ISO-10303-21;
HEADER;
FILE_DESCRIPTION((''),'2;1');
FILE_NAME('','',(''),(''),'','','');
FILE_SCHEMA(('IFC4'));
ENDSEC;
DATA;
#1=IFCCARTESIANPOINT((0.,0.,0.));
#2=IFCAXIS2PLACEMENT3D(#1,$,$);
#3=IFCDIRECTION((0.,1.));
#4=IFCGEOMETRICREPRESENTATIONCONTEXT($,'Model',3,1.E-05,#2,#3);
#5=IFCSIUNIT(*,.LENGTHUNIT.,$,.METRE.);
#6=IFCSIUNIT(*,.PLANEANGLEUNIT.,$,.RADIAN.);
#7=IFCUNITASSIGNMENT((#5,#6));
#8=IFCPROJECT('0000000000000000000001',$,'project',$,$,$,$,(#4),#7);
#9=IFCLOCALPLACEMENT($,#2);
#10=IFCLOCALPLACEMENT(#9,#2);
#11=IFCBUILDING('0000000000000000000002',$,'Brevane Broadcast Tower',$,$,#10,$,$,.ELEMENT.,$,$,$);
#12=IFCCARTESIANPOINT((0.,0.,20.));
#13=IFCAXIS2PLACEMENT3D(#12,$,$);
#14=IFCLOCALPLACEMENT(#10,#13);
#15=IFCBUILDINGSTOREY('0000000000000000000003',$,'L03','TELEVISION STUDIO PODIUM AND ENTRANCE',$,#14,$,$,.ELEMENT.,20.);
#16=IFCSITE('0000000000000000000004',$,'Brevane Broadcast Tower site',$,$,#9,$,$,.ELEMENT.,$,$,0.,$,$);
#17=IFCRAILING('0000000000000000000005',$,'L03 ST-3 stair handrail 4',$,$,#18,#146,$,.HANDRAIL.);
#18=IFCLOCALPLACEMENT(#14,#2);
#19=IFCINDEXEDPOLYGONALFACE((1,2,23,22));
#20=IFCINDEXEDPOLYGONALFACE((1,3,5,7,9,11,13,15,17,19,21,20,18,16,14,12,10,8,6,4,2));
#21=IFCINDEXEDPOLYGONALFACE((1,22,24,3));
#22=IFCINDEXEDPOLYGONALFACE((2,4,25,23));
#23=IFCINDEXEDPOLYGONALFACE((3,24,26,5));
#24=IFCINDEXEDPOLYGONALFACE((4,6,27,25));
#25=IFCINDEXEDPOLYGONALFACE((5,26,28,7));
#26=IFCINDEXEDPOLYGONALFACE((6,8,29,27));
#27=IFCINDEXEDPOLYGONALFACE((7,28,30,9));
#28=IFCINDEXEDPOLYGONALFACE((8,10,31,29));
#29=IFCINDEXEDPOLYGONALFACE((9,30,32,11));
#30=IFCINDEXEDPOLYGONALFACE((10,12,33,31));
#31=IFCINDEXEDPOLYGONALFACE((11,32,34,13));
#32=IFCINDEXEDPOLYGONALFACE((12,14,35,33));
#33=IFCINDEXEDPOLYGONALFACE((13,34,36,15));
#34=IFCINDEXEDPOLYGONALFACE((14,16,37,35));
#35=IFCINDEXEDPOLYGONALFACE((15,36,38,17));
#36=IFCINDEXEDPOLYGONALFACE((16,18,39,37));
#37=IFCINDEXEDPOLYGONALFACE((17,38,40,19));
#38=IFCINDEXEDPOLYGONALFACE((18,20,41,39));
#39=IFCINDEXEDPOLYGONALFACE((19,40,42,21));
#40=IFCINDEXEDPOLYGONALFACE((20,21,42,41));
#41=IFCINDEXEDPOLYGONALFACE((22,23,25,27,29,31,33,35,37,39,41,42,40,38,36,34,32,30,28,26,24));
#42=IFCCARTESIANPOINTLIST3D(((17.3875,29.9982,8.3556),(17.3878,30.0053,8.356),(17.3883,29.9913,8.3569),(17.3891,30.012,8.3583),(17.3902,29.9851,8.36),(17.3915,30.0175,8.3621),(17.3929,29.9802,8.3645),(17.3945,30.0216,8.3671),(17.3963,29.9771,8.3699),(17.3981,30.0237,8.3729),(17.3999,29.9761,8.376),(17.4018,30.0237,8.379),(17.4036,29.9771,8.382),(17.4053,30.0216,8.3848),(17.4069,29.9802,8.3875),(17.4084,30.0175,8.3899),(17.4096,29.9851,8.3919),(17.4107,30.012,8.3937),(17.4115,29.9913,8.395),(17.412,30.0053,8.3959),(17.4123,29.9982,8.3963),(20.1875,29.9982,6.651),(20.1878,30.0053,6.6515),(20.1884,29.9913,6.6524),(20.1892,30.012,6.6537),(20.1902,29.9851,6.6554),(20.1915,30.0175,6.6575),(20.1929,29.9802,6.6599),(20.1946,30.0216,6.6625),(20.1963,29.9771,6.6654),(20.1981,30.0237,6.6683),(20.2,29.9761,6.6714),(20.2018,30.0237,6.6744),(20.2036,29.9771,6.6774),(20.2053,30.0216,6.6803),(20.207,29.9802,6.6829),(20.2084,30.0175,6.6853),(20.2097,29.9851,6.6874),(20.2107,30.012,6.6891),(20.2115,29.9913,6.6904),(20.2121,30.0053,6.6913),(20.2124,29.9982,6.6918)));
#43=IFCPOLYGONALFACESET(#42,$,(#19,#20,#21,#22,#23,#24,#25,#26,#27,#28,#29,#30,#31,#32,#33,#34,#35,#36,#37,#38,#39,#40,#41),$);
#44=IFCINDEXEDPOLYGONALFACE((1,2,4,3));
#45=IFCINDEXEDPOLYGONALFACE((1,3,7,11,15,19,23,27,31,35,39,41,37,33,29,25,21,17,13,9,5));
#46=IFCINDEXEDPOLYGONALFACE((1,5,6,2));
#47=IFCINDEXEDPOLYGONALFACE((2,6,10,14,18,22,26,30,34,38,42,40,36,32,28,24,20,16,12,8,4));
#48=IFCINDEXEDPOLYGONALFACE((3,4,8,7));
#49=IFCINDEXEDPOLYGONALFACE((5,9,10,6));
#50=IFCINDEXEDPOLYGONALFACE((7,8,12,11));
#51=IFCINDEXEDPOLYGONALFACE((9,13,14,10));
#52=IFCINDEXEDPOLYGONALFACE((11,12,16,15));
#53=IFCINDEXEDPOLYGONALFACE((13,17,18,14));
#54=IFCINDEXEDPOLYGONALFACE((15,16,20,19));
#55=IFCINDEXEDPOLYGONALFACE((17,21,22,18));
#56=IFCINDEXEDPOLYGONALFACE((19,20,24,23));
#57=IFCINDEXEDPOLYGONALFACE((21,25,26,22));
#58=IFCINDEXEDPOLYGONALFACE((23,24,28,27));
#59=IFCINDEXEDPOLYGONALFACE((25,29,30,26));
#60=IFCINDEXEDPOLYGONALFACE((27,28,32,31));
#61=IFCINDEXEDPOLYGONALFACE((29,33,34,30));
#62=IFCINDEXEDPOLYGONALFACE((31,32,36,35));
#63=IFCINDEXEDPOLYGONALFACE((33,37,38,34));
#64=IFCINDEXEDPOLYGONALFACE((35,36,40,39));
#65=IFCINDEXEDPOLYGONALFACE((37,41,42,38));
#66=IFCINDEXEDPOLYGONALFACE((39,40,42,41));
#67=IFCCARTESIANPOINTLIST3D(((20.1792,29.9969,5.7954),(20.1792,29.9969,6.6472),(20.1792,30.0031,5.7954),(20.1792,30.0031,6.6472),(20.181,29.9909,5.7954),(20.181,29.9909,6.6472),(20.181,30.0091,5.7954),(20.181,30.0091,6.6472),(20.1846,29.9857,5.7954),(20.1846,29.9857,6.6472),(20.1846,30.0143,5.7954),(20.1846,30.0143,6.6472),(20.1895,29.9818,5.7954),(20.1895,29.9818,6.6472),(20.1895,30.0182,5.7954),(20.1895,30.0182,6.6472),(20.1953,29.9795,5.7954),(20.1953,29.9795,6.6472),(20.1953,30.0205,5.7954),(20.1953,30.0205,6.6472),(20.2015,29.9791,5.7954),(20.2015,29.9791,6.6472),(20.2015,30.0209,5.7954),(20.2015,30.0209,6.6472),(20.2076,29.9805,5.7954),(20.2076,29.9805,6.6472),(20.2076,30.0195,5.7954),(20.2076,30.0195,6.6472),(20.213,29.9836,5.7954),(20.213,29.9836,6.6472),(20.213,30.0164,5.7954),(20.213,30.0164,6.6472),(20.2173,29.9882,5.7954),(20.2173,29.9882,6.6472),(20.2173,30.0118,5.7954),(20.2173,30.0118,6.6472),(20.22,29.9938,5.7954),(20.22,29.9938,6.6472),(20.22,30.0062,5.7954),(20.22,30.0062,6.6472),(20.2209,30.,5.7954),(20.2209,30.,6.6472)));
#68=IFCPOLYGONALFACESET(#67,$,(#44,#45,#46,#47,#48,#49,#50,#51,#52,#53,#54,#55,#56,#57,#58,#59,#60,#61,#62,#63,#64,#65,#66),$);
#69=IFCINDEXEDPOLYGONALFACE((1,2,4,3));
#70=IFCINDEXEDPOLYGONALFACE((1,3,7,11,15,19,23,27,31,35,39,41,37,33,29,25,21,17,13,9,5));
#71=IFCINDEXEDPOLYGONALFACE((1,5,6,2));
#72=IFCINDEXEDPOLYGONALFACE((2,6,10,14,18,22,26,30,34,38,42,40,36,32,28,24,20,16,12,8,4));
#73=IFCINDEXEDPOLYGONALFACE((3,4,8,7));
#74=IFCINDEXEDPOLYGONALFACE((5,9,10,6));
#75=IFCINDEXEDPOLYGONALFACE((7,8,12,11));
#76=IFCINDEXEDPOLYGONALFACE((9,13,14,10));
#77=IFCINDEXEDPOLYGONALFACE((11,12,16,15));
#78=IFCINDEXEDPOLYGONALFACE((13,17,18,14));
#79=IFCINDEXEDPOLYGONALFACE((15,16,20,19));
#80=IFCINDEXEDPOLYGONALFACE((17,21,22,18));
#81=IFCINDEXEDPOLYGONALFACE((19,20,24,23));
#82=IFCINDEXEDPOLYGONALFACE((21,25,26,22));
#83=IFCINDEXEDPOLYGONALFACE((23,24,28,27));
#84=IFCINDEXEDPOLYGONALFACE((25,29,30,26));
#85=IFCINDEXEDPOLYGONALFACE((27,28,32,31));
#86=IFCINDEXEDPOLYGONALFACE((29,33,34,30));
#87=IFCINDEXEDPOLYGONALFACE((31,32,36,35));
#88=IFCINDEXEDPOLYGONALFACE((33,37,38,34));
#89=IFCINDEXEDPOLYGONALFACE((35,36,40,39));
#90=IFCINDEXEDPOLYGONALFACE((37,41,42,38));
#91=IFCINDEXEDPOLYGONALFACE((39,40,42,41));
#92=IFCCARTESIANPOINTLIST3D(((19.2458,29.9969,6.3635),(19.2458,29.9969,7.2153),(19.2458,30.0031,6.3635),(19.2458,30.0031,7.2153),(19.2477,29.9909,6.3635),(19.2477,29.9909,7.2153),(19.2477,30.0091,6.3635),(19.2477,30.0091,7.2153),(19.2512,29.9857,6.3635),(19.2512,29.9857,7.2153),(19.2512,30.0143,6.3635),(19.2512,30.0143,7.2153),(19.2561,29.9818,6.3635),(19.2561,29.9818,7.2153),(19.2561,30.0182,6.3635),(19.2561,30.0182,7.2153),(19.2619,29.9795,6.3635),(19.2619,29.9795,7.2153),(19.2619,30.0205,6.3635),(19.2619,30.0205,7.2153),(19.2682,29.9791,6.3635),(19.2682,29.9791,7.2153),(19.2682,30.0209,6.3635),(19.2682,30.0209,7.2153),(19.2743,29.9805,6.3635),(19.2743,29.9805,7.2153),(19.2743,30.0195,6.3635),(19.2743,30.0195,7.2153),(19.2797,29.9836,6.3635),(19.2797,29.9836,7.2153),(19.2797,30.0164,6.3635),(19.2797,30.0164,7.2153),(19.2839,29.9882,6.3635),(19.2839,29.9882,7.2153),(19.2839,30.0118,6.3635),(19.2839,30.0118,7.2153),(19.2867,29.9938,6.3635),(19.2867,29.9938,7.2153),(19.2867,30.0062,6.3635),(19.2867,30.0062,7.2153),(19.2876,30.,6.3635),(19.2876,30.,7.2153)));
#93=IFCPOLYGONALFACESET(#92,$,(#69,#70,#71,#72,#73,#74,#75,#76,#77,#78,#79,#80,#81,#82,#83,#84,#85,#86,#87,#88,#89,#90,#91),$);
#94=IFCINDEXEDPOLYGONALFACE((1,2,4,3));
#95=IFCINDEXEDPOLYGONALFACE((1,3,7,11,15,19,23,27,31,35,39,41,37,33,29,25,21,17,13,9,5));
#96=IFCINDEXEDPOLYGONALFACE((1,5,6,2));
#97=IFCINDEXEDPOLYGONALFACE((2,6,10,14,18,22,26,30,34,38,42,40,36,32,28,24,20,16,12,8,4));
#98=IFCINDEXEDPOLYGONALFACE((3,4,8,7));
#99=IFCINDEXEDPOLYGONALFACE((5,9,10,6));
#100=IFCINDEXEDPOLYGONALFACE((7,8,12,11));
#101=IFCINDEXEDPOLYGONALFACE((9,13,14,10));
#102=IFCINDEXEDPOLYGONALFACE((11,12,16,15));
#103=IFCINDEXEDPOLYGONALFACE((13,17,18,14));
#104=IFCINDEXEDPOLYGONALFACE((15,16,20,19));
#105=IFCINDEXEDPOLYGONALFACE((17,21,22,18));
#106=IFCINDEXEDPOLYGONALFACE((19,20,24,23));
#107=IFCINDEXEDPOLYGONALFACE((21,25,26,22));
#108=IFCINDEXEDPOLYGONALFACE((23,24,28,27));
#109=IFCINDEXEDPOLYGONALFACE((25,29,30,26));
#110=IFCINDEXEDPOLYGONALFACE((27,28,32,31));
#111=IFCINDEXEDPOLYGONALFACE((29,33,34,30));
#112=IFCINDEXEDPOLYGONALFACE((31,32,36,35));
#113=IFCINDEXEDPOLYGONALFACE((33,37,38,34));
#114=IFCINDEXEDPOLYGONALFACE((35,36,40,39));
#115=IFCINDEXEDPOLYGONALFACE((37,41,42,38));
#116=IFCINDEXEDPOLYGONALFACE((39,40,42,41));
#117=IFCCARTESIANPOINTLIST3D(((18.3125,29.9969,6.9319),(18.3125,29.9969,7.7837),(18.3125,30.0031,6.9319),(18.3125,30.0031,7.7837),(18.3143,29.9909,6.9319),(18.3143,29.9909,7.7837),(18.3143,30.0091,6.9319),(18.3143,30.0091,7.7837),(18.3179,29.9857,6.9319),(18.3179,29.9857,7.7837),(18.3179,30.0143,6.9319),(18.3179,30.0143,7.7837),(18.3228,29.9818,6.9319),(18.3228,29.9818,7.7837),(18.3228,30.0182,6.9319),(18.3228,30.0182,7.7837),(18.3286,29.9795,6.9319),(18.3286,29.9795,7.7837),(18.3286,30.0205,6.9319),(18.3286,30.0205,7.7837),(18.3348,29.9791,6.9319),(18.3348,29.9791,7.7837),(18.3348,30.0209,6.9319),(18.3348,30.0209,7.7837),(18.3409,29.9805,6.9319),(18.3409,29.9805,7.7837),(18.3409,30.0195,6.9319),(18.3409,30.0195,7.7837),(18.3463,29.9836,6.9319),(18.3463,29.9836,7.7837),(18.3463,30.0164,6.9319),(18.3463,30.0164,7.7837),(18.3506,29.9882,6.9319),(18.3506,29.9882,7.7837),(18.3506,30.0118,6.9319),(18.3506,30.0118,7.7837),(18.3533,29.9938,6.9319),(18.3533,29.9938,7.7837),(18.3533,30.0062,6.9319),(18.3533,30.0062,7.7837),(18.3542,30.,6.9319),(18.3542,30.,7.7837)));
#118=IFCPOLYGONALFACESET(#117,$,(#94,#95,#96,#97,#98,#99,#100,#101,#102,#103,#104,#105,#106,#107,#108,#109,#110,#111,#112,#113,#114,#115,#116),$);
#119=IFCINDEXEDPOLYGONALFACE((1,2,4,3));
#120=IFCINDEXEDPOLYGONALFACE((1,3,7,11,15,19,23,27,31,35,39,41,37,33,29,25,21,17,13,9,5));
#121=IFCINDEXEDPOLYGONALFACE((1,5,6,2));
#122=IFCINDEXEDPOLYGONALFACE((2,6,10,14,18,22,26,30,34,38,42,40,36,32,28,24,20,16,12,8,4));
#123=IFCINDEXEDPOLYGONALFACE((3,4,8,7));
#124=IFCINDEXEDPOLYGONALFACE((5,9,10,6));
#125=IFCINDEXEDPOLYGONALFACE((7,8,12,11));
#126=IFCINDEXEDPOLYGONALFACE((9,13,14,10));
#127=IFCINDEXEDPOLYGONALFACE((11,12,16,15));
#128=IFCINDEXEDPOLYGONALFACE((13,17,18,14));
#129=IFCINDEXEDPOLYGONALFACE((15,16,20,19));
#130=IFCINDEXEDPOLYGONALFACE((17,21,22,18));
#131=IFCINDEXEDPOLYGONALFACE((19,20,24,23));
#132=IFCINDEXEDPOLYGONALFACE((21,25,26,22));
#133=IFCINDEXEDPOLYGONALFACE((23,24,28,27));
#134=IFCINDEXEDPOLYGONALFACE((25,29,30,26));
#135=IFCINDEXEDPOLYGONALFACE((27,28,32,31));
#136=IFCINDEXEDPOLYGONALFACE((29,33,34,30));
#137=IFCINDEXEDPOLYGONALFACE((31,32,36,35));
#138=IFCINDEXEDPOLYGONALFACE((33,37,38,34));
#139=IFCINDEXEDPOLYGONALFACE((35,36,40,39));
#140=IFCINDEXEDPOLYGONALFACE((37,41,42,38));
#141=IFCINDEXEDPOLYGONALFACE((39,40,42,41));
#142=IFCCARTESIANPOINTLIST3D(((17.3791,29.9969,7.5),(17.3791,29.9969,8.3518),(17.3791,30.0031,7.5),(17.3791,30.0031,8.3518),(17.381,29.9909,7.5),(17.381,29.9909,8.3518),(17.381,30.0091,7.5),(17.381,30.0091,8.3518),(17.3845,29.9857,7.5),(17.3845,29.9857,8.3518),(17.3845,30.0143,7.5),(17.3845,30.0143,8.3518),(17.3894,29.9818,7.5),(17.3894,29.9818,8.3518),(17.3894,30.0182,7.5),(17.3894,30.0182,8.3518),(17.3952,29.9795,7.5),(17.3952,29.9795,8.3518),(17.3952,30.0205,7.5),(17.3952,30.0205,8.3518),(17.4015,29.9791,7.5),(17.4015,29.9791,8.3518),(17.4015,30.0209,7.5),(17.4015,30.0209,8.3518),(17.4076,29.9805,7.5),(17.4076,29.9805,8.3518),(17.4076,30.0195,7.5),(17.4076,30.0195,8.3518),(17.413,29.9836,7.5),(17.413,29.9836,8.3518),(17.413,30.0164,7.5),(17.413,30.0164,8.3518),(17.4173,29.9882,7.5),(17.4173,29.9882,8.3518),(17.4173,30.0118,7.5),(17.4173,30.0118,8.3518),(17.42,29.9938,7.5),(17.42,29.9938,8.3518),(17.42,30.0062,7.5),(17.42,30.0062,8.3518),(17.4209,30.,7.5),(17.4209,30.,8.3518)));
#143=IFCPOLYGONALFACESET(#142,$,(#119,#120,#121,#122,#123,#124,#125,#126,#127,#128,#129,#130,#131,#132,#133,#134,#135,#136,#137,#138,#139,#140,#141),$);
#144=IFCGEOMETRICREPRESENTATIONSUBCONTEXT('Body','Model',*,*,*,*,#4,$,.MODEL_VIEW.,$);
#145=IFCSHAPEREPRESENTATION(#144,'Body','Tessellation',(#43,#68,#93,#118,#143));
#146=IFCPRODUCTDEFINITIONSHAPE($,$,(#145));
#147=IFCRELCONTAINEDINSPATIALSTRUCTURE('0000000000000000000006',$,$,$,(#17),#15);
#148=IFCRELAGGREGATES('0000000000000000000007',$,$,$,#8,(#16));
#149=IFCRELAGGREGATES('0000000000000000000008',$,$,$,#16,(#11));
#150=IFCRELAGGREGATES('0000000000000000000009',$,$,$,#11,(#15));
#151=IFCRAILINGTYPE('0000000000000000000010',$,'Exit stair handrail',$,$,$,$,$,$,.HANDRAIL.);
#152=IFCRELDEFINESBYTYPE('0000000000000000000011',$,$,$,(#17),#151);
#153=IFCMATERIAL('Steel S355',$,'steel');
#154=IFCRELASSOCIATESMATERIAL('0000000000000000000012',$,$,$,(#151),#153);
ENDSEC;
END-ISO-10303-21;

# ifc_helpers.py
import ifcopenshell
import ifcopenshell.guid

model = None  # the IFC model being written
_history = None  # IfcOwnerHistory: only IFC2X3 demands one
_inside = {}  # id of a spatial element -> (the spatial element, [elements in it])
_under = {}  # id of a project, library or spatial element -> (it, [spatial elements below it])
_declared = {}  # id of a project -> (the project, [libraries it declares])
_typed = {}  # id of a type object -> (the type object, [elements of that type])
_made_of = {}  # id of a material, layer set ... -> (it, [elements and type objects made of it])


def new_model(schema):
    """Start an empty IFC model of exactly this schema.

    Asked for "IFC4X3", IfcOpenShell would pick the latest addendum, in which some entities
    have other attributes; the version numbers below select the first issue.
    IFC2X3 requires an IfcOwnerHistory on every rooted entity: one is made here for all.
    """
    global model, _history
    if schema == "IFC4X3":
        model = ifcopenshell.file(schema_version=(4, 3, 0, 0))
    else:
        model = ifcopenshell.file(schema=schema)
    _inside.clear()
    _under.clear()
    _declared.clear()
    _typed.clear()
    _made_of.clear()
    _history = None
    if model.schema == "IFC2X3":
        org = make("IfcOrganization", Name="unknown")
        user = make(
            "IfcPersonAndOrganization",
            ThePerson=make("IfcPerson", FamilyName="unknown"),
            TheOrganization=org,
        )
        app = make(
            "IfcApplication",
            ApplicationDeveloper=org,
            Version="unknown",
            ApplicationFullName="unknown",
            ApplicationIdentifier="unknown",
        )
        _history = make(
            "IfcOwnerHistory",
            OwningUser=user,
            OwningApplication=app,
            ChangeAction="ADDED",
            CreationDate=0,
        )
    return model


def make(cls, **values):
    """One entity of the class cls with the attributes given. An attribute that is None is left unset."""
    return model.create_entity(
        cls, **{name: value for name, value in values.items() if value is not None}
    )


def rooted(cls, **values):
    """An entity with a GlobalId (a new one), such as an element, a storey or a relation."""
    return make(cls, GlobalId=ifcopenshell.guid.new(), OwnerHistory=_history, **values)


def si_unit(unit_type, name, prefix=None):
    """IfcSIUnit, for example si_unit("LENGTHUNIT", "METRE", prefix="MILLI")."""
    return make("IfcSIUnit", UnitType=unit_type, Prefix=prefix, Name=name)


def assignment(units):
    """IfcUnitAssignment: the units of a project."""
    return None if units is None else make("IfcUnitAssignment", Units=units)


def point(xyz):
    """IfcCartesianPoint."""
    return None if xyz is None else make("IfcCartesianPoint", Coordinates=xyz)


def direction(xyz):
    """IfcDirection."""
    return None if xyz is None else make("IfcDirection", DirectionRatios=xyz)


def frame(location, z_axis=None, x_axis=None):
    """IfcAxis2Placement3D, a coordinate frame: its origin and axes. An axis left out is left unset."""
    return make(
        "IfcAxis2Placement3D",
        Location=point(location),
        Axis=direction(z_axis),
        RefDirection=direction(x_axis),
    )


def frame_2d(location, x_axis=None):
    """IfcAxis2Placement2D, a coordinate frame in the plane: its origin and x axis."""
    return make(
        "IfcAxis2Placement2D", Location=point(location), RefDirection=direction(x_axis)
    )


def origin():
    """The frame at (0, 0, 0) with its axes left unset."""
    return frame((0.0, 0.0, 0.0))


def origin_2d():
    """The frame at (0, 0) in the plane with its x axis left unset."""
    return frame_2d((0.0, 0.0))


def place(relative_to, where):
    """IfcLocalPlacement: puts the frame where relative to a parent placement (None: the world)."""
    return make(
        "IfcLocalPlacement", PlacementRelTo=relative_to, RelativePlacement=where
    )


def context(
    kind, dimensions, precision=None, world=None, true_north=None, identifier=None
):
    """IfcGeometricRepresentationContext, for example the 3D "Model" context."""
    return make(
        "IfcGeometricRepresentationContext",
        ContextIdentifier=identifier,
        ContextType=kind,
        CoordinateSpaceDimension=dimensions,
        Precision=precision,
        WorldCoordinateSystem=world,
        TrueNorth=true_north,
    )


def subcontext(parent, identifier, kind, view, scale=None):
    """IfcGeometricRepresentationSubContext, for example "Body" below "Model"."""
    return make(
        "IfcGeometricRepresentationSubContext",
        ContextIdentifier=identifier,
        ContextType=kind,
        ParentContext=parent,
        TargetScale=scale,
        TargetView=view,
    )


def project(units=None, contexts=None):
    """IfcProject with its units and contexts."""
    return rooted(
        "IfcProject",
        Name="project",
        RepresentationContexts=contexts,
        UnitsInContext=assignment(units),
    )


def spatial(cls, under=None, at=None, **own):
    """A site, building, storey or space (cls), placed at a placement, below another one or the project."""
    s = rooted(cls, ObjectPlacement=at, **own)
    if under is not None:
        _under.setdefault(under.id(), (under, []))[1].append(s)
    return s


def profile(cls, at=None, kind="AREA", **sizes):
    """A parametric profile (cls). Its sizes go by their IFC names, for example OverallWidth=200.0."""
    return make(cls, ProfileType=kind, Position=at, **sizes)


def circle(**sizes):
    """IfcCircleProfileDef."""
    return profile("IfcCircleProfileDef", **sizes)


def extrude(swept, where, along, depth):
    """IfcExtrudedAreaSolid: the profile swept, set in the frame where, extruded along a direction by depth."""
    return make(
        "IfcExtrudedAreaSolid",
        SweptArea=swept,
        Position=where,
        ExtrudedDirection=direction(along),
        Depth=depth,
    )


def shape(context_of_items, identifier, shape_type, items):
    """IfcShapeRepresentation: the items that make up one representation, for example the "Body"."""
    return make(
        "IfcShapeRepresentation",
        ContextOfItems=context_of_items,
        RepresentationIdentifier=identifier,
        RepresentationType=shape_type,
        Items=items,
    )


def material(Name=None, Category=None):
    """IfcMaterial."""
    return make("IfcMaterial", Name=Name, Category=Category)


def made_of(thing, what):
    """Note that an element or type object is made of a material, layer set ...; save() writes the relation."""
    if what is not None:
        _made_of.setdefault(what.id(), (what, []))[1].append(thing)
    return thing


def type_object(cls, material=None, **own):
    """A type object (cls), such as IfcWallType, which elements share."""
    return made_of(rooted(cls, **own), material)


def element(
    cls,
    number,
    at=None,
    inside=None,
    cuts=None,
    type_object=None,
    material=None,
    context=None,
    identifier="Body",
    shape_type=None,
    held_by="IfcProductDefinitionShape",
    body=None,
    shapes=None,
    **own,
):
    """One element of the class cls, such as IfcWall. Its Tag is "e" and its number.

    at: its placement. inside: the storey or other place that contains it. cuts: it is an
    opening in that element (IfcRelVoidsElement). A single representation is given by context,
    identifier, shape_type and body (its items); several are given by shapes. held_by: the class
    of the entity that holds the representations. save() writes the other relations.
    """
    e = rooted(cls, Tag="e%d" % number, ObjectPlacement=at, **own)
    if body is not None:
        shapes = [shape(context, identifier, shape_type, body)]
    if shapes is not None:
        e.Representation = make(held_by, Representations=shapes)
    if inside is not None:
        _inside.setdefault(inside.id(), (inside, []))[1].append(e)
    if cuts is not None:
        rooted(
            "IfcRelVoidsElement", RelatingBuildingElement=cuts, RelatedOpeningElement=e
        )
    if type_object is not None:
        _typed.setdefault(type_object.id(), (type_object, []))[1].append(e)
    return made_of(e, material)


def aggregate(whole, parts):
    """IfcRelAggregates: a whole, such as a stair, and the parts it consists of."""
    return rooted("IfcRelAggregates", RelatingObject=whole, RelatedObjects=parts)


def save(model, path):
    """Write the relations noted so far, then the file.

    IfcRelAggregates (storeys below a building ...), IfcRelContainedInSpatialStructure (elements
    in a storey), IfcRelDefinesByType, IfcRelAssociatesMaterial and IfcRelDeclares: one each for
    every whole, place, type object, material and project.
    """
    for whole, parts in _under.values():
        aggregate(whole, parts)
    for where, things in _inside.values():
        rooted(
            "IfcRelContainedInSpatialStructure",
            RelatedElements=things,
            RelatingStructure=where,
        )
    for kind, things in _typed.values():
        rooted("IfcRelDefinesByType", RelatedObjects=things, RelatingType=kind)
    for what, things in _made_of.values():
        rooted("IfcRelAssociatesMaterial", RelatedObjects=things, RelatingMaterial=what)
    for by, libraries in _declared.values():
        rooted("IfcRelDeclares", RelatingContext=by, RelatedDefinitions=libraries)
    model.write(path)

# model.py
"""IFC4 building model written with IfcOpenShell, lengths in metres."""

from ifc_helpers import new_model, si_unit, direction, frame, origin, origin_2d, place, context, subcontext, project, spatial, circle, extrude, material, type_object, element, save


model = new_model("IFC4")

# Units and contexts
model_context = context("Model", 3, precision=1e-05, world=origin(), true_north=direction((0.0, 1.0)))
body_context = subcontext(model_context, "Body", "Model", "MODEL_VIEW")
ifc_project = project(units=[si_unit("LENGTHUNIT", "METRE"), si_unit("PLANEANGLEUNIT", "RADIAN")], contexts=[model_context])

# Site, building, storey
site_placement = place(None, origin())
site = spatial("IfcSite", under=ifc_project, at=site_placement, Name="Brevane Broadcast Tower site", CompositionType="ELEMENT", RefElevation=0.0)
building_placement = place(site_placement, origin())
building = spatial("IfcBuilding", under=site, at=building_placement, Name="Brevane Broadcast Tower", CompositionType="ELEMENT")
storey_placement = place(building_placement, frame((0.0, 0.0, 20.0)))
storey = spatial("IfcBuildingStorey", under=building, at=storey_placement, Name="L03", Description="TELEVISION STUDIO PODIUM AND ENTRANCE", CompositionType="ELEMENT", Elevation=20.0)

# Railing
ifc_material_1 = material(Name="Steel S355", Category="steel")
railing_type_1 = type_object("IfcRailingType", Name="Exit stair handrail", PredefinedType="HANDRAIL", material=ifc_material_1)
for number, where, name in (
    (1, (20.2, 30.0, 5.7954), "L03 ST-3 stair handrail 4"),
):
    element("IfcRailing", number, at=place(storey_placement, frame(where)), inside=storey, type_object=railing_type_1, Name=name, PredefinedType="HANDRAIL", context=body_context, shape_type="SweptSolid", body=[
        extrude(circle(Radius=0.0239, at=origin_2d()), frame((0.0, 0.0, 0.876), z_axis=(-0.85417, 0.0, 0.519994), x_axis=(0.0, -1.0, 0.0)), (0.0, 0.0, 1.0), 3.2781),
        extrude(circle(Radius=0.021, at=origin_2d()), origin(), (0.0, 0.0, 1.0), 0.8518),
        extrude(circle(Radius=0.021, at=origin_2d()), frame((-0.9333, 0.0, 0.5681)), (0.0, 0.0, 1.0), 0.8518),
        extrude(circle(Radius=0.021, at=origin_2d()), frame((-1.8667, 0.0, 1.1365)), (0.0, 0.0, 1.0), 0.8518),
        extrude(circle(Radius=0.021, at=origin_2d()), frame((-2.8, 0.0, 1.7046)), (0.0, 0.0, 1.0), 0.8518),
    ])

save(model, "model.ifc")
